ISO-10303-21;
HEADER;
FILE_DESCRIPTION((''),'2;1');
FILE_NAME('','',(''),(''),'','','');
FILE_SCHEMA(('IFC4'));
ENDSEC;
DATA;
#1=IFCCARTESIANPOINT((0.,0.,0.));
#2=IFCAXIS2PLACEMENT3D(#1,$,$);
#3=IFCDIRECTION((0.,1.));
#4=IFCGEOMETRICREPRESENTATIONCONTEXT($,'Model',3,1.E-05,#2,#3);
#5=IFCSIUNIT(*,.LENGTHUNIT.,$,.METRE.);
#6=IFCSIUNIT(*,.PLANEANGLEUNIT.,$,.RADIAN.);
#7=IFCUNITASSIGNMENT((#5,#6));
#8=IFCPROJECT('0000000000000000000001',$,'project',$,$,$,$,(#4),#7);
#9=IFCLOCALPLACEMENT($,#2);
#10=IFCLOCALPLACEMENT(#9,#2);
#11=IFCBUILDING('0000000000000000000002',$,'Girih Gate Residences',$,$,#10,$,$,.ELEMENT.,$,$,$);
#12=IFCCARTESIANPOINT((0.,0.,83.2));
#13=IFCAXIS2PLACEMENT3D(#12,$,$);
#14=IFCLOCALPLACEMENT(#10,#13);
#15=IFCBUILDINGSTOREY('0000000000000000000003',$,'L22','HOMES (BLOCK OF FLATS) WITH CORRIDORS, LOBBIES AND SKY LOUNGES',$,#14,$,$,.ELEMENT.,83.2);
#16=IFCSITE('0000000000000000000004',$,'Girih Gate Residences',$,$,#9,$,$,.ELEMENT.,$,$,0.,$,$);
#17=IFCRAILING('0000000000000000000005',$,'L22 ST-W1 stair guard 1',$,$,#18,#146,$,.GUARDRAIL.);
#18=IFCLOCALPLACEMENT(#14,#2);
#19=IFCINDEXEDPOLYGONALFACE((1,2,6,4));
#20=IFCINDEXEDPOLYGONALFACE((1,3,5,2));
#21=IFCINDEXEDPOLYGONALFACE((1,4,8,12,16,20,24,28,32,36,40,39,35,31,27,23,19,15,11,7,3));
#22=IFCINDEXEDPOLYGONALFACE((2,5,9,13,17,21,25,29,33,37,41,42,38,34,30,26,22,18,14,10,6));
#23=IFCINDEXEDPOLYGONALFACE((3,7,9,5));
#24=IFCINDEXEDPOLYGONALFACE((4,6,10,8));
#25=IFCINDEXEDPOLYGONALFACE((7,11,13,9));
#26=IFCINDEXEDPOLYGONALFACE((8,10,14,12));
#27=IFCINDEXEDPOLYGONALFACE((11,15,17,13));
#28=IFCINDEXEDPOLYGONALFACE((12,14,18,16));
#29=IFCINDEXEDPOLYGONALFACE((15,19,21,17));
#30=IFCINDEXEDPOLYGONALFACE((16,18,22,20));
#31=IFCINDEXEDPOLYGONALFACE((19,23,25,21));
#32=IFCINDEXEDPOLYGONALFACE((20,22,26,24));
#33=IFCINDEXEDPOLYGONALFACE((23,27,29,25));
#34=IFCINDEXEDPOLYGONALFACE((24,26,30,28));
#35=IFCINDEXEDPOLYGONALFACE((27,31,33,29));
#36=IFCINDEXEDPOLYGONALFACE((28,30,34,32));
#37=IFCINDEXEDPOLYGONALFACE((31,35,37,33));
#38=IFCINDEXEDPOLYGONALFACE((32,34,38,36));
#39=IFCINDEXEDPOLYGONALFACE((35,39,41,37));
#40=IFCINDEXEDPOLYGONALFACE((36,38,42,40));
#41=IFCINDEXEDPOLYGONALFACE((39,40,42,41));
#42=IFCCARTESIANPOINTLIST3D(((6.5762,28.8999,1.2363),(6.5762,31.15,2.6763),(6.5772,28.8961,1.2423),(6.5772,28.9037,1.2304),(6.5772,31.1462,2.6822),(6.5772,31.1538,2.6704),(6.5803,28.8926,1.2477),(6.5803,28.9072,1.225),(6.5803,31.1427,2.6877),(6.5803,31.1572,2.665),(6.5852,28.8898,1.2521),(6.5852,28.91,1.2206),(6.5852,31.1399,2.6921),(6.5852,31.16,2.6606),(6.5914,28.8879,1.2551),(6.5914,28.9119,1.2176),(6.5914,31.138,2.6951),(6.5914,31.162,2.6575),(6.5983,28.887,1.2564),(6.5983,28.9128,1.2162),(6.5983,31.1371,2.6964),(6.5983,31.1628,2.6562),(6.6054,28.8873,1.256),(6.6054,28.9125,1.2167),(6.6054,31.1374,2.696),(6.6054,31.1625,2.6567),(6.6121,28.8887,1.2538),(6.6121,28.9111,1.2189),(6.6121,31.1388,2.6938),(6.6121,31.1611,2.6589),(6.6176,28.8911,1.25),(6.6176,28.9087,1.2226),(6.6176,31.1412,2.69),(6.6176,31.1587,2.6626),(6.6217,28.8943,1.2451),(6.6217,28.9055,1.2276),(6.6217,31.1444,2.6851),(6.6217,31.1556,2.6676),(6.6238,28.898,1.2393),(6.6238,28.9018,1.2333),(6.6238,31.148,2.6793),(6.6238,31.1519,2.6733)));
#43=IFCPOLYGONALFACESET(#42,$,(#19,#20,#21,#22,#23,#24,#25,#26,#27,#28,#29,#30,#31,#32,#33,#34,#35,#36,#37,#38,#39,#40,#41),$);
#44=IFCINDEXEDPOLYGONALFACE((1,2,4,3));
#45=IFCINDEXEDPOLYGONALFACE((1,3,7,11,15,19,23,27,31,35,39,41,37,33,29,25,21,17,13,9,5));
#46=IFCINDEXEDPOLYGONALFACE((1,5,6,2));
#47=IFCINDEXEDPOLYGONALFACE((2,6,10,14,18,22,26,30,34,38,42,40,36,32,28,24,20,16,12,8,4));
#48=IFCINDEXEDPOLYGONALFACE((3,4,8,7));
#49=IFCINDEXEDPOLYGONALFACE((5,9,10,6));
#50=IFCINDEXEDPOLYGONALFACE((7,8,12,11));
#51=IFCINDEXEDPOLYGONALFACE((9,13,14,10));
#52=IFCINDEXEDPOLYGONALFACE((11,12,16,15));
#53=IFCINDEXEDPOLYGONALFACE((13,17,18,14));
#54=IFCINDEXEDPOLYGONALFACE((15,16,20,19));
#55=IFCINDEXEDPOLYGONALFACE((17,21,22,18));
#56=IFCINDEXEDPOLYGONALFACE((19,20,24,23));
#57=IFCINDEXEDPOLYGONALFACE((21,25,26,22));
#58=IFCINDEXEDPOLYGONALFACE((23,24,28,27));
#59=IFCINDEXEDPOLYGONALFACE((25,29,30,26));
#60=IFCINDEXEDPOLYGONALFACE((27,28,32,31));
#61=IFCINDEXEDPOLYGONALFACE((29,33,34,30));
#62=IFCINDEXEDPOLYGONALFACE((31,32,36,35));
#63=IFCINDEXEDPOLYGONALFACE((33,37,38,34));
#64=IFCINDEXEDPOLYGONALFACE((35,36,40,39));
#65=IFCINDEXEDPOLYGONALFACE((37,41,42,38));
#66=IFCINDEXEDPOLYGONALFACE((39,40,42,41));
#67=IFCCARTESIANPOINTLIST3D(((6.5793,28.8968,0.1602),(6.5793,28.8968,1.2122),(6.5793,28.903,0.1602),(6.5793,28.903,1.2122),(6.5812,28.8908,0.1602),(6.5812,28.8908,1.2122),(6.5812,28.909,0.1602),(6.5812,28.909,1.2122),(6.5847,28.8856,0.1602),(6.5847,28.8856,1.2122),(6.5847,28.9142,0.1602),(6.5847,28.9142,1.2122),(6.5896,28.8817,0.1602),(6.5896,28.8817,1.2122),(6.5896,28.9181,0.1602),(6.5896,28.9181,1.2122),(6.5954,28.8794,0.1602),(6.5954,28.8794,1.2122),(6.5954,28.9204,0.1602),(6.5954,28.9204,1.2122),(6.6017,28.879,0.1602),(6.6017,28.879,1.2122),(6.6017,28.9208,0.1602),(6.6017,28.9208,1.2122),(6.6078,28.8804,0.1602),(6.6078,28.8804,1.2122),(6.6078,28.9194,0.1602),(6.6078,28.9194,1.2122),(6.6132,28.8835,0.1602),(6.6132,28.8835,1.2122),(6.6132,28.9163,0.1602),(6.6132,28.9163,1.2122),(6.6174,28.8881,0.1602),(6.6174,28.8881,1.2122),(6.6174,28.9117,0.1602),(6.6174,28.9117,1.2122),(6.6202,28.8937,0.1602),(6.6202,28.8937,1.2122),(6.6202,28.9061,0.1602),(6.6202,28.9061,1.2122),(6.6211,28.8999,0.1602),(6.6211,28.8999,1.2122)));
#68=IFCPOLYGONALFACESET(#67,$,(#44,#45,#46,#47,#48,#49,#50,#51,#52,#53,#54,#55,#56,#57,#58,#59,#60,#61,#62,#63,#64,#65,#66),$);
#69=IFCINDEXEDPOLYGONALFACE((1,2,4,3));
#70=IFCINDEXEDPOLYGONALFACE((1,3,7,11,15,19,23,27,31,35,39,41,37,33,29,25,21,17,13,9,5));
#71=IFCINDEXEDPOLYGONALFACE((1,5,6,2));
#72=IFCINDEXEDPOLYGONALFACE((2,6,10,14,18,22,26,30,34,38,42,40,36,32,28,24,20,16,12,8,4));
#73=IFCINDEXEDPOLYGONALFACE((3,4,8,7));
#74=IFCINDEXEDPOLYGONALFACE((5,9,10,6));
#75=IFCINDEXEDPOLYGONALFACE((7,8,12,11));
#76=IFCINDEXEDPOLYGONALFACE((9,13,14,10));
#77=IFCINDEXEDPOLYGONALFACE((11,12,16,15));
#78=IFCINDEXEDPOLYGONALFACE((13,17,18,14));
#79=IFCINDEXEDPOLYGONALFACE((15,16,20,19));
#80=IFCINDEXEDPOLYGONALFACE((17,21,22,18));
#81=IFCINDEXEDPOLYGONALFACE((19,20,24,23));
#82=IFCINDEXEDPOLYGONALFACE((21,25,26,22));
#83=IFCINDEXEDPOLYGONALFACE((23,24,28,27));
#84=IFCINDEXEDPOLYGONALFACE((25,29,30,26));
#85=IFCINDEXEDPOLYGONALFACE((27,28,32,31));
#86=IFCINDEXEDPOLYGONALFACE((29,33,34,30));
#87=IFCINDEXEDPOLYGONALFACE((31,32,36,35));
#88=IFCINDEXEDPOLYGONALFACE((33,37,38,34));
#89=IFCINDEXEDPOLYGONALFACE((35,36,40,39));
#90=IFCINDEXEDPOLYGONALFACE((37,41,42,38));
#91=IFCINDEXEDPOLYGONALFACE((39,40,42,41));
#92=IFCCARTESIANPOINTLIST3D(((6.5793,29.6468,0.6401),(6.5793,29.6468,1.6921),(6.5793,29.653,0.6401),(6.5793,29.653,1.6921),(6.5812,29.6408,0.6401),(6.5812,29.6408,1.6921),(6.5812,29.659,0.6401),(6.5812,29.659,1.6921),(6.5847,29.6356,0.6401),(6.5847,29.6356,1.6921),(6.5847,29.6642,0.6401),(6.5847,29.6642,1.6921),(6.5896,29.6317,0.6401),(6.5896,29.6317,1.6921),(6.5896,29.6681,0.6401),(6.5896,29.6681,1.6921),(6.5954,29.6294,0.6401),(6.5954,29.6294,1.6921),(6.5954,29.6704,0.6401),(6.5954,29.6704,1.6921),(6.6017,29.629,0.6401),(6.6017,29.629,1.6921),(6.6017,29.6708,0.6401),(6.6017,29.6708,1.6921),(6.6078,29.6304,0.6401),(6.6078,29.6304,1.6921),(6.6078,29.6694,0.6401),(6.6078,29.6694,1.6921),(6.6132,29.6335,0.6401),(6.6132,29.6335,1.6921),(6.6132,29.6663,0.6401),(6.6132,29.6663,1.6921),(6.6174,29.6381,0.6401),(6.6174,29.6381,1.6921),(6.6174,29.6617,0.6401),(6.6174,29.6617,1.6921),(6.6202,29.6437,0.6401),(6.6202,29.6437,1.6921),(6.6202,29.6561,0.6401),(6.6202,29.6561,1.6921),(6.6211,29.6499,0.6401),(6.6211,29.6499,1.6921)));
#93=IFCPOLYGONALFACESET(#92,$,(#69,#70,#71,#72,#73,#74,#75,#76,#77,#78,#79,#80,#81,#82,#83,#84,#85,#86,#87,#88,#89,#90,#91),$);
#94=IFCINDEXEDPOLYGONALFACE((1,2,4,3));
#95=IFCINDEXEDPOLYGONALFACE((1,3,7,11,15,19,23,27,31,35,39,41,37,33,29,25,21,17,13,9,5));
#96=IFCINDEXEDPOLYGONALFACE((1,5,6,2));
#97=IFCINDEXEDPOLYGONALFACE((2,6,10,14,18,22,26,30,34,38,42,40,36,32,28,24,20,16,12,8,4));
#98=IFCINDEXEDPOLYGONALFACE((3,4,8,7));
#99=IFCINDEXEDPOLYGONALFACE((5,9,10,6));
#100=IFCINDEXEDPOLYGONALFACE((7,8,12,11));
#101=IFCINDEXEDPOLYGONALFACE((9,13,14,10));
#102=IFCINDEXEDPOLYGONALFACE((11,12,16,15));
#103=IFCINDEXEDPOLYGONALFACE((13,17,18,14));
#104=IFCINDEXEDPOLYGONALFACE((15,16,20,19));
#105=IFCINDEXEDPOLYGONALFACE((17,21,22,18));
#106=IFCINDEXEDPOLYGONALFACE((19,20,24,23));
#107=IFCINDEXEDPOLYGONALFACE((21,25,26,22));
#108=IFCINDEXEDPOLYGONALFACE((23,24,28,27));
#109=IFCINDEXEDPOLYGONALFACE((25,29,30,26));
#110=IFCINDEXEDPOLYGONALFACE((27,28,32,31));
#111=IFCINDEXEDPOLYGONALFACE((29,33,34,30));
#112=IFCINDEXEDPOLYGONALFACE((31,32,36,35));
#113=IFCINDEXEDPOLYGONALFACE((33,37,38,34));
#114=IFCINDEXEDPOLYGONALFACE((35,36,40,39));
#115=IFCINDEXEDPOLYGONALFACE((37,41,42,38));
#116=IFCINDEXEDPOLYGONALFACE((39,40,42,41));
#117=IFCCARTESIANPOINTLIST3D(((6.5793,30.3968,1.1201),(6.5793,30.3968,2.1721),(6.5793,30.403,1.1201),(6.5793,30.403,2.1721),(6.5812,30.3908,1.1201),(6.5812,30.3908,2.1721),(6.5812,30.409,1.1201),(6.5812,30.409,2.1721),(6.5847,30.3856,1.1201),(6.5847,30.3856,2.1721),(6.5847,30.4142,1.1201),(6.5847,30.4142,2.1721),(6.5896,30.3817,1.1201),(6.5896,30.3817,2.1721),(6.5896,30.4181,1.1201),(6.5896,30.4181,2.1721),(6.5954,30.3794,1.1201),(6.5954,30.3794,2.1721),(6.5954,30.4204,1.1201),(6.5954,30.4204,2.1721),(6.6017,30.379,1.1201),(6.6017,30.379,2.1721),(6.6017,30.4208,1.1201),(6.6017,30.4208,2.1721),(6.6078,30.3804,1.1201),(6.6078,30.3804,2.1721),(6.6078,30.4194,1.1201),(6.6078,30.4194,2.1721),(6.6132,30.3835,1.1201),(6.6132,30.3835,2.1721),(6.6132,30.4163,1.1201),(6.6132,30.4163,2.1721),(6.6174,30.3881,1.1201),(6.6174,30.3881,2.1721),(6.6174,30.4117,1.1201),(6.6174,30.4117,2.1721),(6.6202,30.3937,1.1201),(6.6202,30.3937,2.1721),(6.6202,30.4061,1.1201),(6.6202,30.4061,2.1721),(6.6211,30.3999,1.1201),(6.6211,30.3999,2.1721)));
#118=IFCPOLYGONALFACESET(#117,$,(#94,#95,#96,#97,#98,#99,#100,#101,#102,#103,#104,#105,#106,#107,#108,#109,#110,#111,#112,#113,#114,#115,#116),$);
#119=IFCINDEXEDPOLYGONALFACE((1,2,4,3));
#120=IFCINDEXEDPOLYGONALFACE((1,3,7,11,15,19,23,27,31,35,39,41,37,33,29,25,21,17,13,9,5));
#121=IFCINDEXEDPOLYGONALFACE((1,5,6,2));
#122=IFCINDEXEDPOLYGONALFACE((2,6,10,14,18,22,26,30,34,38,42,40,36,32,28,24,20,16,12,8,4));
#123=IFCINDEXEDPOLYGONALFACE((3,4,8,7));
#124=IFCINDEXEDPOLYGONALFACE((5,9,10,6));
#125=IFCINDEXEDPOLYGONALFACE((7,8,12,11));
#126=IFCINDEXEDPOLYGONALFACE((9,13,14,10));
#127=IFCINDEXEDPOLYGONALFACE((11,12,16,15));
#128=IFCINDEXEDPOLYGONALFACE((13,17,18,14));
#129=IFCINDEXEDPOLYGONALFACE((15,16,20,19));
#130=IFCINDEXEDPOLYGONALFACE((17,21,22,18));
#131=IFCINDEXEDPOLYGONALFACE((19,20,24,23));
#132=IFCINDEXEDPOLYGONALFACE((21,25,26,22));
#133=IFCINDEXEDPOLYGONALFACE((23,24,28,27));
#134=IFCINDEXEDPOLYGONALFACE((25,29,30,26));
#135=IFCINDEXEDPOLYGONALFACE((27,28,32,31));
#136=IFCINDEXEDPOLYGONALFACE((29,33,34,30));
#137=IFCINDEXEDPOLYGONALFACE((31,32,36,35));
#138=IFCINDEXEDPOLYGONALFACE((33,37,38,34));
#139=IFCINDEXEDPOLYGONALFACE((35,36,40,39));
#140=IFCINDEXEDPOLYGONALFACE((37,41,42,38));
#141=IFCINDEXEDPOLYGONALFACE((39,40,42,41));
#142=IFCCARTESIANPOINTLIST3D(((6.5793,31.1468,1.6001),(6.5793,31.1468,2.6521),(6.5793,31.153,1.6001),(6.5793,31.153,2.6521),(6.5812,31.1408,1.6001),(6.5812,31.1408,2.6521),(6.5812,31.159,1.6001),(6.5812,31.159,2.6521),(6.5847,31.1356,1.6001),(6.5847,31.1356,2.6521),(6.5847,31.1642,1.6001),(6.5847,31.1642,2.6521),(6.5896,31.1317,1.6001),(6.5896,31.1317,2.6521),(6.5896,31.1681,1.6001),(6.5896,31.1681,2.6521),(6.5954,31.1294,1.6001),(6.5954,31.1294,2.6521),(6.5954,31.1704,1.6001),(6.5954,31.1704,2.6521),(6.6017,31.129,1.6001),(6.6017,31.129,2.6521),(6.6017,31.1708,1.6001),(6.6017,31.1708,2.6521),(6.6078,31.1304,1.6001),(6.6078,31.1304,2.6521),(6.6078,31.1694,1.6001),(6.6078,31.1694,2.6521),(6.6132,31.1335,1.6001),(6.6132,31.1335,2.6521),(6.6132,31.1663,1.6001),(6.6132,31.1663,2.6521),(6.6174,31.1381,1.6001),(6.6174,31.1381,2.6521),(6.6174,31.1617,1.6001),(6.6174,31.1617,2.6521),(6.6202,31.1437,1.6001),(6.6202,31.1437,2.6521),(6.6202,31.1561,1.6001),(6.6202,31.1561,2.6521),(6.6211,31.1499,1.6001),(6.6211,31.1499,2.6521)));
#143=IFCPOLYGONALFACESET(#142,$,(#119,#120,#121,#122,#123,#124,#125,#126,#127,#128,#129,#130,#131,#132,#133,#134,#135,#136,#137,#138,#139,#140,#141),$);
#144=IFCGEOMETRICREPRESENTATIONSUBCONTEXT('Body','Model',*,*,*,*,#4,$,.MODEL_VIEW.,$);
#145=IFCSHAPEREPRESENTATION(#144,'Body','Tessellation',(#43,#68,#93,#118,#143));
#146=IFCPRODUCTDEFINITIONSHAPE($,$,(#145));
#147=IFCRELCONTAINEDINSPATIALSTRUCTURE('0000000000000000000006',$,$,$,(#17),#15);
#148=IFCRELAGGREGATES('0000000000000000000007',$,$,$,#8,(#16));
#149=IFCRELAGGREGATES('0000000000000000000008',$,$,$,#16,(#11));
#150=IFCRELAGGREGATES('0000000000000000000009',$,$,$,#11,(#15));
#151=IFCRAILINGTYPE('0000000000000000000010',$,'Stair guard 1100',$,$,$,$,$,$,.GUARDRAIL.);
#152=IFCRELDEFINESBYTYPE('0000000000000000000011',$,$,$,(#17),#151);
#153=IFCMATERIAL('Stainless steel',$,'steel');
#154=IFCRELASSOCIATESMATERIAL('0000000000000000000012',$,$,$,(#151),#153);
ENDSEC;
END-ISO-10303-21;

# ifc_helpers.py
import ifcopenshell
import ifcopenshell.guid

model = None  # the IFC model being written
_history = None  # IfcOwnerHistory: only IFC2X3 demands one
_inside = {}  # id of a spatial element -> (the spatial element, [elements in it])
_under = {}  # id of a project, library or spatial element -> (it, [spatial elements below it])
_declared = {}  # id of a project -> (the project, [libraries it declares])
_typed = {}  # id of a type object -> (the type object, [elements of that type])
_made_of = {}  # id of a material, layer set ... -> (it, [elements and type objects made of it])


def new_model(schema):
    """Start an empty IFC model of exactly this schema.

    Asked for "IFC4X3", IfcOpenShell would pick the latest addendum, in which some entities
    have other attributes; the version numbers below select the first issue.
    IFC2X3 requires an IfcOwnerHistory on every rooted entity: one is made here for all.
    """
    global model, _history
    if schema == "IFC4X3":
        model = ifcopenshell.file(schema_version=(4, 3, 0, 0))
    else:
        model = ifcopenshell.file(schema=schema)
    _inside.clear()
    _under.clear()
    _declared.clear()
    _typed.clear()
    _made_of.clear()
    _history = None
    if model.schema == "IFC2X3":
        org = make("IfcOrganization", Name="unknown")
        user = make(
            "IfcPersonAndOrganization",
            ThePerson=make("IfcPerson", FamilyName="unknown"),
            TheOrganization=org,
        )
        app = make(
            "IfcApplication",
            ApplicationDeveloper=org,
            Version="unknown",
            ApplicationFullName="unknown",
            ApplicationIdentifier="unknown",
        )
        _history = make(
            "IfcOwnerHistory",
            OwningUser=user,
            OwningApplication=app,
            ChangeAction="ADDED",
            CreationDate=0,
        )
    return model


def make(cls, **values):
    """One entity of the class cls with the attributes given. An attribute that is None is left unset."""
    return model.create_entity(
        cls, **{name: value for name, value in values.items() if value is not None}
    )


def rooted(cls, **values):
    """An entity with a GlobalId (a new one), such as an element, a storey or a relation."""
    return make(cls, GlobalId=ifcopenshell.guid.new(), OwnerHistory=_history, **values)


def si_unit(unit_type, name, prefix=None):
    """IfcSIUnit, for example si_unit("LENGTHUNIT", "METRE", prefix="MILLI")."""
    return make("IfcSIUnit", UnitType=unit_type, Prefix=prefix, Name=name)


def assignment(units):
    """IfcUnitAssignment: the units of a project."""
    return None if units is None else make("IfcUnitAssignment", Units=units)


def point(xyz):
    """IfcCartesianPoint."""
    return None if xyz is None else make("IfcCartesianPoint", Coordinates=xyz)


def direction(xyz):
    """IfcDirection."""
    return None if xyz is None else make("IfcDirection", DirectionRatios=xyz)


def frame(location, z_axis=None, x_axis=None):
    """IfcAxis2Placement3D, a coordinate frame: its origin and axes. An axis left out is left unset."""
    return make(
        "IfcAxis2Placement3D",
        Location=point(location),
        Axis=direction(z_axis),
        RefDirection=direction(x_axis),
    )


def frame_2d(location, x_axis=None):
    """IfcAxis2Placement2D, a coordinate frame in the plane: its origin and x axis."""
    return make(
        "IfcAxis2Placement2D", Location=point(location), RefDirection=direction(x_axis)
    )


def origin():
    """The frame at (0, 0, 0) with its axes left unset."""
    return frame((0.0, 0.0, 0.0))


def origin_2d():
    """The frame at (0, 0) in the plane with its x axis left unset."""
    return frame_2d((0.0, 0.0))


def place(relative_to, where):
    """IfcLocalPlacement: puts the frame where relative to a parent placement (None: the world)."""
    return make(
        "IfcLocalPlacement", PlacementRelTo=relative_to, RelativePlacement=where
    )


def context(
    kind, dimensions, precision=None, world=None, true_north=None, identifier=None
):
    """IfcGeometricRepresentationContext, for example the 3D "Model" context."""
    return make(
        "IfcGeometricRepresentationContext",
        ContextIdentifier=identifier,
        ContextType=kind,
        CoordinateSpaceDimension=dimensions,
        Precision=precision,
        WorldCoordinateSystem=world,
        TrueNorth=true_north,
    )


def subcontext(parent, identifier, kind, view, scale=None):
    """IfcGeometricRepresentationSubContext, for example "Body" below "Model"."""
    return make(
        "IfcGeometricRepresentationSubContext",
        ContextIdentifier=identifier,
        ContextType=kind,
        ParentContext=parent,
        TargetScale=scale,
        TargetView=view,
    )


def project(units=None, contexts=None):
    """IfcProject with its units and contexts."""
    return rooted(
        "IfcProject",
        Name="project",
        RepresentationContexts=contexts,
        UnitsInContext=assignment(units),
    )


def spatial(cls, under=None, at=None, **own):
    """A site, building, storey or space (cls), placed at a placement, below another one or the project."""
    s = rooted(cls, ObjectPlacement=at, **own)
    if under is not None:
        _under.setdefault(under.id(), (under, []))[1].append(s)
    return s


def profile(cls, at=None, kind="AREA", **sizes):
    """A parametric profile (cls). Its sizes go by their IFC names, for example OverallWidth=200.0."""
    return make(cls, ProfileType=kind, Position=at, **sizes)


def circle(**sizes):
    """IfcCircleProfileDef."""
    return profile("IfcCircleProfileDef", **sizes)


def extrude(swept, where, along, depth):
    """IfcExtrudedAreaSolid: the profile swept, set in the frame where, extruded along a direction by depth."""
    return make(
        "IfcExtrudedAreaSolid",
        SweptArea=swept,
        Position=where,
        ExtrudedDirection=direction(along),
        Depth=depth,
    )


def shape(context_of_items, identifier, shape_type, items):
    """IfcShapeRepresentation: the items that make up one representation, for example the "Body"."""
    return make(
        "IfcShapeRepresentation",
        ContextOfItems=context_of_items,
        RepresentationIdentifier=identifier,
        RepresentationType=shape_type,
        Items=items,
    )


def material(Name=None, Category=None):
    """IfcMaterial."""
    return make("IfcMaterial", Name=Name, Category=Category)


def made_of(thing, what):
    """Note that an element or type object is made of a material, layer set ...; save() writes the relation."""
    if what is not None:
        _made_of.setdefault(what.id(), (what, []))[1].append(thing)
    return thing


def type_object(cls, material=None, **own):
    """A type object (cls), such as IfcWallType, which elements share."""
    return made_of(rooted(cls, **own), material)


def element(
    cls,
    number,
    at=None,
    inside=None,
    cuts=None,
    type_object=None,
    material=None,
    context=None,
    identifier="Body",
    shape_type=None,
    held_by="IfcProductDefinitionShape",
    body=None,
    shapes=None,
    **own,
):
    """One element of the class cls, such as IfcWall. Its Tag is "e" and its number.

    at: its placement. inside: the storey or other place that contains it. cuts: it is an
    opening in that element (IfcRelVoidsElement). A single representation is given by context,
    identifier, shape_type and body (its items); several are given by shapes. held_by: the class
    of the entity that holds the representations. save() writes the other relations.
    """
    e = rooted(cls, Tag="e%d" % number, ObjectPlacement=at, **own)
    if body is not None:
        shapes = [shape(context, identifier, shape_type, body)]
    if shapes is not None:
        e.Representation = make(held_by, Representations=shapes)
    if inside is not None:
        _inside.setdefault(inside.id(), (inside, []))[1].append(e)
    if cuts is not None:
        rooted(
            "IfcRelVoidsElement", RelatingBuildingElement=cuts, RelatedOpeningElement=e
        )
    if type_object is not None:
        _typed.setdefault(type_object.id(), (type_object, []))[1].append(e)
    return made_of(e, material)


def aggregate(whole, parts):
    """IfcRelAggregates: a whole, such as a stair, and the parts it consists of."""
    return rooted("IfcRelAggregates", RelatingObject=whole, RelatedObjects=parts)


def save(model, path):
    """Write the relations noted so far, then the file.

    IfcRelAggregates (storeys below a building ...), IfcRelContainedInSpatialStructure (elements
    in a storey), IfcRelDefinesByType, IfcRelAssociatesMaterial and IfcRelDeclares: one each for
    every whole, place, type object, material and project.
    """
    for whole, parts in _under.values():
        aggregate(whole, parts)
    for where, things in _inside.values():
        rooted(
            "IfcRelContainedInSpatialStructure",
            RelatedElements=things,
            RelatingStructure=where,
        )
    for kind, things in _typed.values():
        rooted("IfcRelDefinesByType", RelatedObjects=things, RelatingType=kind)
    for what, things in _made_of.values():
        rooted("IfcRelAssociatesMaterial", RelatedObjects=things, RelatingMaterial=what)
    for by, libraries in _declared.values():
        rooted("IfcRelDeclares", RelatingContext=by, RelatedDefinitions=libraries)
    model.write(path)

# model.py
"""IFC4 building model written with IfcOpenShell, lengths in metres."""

from ifc_helpers import new_model, si_unit, direction, frame, origin, origin_2d, place, context, subcontext, project, spatial, circle, extrude, material, type_object, element, save


model = new_model("IFC4")

# Units and contexts
model_context = context("Model", 3, precision=1e-05, world=origin(), true_north=direction((0.0, 1.0)))
body_context = subcontext(model_context, "Body", "Model", "MODEL_VIEW")
ifc_project = project(units=[si_unit("LENGTHUNIT", "METRE"), si_unit("PLANEANGLEUNIT", "RADIAN")], contexts=[model_context])

# Site, building, storey
site_placement = place(None, origin())
site = spatial("IfcSite", under=ifc_project, at=site_placement, Name="Girih Gate Residences", CompositionType="ELEMENT", RefElevation=0.0)
building_placement = place(site_placement, origin())
building = spatial("IfcBuilding", under=site, at=building_placement, Name="Girih Gate Residences", CompositionType="ELEMENT")
storey_placement = place(building_placement, frame((0.0, 0.0, 83.2)))
storey = spatial("IfcBuildingStorey", under=building, at=storey_placement, Name="L22", Description="HOMES (BLOCK OF FLATS) WITH CORRIDORS, LOBBIES AND SKY LOUNGES", CompositionType="ELEMENT", Elevation=83.2)

# Railing
ifc_material_1 = material(Name="Stainless steel", Category="steel")
railing_type_1 = type_object("IfcRailingType", Name="Stair guard 1100", PredefinedType="GUARDRAIL", material=ifc_material_1)
railing_1_placement = place(storey_placement, frame((6.6001, 28.8999, 0.1602)))
element("IfcRailing", 1, at=railing_1_placement, inside=storey, type_object=railing_type_1, Name="L22 ST-W1 stair guard 1", PredefinedType="GUARDRAIL", context=body_context, shape_type="SweptSolid", body=[
    extrude(circle(Radius=0.0239, at=origin_2d()), frame((0.0, 0.0, 1.0762), z_axis=(0.0, 0.842281, 0.539038), x_axis=(-1.0, 0.0, 0.0)), (0.0, 0.0, 1.0), 2.6714),
    extrude(circle(Radius=0.021, at=origin_2d()), origin(), (0.0, 0.0, 1.0), 1.052),
    extrude(circle(Radius=0.021, at=origin_2d()), frame((0.0, 0.75, 0.48)), (0.0, 0.0, 1.0), 1.052),
    extrude(circle(Radius=0.021, at=origin_2d()), frame((0.0, 1.5, 0.96)), (0.0, 0.0, 1.0), 1.052),
    extrude(circle(Radius=0.021, at=origin_2d()), frame((0.0, 2.25, 1.4399)), (0.0, 0.0, 1.0), 1.052),
])

save(model, "model.ifc")
